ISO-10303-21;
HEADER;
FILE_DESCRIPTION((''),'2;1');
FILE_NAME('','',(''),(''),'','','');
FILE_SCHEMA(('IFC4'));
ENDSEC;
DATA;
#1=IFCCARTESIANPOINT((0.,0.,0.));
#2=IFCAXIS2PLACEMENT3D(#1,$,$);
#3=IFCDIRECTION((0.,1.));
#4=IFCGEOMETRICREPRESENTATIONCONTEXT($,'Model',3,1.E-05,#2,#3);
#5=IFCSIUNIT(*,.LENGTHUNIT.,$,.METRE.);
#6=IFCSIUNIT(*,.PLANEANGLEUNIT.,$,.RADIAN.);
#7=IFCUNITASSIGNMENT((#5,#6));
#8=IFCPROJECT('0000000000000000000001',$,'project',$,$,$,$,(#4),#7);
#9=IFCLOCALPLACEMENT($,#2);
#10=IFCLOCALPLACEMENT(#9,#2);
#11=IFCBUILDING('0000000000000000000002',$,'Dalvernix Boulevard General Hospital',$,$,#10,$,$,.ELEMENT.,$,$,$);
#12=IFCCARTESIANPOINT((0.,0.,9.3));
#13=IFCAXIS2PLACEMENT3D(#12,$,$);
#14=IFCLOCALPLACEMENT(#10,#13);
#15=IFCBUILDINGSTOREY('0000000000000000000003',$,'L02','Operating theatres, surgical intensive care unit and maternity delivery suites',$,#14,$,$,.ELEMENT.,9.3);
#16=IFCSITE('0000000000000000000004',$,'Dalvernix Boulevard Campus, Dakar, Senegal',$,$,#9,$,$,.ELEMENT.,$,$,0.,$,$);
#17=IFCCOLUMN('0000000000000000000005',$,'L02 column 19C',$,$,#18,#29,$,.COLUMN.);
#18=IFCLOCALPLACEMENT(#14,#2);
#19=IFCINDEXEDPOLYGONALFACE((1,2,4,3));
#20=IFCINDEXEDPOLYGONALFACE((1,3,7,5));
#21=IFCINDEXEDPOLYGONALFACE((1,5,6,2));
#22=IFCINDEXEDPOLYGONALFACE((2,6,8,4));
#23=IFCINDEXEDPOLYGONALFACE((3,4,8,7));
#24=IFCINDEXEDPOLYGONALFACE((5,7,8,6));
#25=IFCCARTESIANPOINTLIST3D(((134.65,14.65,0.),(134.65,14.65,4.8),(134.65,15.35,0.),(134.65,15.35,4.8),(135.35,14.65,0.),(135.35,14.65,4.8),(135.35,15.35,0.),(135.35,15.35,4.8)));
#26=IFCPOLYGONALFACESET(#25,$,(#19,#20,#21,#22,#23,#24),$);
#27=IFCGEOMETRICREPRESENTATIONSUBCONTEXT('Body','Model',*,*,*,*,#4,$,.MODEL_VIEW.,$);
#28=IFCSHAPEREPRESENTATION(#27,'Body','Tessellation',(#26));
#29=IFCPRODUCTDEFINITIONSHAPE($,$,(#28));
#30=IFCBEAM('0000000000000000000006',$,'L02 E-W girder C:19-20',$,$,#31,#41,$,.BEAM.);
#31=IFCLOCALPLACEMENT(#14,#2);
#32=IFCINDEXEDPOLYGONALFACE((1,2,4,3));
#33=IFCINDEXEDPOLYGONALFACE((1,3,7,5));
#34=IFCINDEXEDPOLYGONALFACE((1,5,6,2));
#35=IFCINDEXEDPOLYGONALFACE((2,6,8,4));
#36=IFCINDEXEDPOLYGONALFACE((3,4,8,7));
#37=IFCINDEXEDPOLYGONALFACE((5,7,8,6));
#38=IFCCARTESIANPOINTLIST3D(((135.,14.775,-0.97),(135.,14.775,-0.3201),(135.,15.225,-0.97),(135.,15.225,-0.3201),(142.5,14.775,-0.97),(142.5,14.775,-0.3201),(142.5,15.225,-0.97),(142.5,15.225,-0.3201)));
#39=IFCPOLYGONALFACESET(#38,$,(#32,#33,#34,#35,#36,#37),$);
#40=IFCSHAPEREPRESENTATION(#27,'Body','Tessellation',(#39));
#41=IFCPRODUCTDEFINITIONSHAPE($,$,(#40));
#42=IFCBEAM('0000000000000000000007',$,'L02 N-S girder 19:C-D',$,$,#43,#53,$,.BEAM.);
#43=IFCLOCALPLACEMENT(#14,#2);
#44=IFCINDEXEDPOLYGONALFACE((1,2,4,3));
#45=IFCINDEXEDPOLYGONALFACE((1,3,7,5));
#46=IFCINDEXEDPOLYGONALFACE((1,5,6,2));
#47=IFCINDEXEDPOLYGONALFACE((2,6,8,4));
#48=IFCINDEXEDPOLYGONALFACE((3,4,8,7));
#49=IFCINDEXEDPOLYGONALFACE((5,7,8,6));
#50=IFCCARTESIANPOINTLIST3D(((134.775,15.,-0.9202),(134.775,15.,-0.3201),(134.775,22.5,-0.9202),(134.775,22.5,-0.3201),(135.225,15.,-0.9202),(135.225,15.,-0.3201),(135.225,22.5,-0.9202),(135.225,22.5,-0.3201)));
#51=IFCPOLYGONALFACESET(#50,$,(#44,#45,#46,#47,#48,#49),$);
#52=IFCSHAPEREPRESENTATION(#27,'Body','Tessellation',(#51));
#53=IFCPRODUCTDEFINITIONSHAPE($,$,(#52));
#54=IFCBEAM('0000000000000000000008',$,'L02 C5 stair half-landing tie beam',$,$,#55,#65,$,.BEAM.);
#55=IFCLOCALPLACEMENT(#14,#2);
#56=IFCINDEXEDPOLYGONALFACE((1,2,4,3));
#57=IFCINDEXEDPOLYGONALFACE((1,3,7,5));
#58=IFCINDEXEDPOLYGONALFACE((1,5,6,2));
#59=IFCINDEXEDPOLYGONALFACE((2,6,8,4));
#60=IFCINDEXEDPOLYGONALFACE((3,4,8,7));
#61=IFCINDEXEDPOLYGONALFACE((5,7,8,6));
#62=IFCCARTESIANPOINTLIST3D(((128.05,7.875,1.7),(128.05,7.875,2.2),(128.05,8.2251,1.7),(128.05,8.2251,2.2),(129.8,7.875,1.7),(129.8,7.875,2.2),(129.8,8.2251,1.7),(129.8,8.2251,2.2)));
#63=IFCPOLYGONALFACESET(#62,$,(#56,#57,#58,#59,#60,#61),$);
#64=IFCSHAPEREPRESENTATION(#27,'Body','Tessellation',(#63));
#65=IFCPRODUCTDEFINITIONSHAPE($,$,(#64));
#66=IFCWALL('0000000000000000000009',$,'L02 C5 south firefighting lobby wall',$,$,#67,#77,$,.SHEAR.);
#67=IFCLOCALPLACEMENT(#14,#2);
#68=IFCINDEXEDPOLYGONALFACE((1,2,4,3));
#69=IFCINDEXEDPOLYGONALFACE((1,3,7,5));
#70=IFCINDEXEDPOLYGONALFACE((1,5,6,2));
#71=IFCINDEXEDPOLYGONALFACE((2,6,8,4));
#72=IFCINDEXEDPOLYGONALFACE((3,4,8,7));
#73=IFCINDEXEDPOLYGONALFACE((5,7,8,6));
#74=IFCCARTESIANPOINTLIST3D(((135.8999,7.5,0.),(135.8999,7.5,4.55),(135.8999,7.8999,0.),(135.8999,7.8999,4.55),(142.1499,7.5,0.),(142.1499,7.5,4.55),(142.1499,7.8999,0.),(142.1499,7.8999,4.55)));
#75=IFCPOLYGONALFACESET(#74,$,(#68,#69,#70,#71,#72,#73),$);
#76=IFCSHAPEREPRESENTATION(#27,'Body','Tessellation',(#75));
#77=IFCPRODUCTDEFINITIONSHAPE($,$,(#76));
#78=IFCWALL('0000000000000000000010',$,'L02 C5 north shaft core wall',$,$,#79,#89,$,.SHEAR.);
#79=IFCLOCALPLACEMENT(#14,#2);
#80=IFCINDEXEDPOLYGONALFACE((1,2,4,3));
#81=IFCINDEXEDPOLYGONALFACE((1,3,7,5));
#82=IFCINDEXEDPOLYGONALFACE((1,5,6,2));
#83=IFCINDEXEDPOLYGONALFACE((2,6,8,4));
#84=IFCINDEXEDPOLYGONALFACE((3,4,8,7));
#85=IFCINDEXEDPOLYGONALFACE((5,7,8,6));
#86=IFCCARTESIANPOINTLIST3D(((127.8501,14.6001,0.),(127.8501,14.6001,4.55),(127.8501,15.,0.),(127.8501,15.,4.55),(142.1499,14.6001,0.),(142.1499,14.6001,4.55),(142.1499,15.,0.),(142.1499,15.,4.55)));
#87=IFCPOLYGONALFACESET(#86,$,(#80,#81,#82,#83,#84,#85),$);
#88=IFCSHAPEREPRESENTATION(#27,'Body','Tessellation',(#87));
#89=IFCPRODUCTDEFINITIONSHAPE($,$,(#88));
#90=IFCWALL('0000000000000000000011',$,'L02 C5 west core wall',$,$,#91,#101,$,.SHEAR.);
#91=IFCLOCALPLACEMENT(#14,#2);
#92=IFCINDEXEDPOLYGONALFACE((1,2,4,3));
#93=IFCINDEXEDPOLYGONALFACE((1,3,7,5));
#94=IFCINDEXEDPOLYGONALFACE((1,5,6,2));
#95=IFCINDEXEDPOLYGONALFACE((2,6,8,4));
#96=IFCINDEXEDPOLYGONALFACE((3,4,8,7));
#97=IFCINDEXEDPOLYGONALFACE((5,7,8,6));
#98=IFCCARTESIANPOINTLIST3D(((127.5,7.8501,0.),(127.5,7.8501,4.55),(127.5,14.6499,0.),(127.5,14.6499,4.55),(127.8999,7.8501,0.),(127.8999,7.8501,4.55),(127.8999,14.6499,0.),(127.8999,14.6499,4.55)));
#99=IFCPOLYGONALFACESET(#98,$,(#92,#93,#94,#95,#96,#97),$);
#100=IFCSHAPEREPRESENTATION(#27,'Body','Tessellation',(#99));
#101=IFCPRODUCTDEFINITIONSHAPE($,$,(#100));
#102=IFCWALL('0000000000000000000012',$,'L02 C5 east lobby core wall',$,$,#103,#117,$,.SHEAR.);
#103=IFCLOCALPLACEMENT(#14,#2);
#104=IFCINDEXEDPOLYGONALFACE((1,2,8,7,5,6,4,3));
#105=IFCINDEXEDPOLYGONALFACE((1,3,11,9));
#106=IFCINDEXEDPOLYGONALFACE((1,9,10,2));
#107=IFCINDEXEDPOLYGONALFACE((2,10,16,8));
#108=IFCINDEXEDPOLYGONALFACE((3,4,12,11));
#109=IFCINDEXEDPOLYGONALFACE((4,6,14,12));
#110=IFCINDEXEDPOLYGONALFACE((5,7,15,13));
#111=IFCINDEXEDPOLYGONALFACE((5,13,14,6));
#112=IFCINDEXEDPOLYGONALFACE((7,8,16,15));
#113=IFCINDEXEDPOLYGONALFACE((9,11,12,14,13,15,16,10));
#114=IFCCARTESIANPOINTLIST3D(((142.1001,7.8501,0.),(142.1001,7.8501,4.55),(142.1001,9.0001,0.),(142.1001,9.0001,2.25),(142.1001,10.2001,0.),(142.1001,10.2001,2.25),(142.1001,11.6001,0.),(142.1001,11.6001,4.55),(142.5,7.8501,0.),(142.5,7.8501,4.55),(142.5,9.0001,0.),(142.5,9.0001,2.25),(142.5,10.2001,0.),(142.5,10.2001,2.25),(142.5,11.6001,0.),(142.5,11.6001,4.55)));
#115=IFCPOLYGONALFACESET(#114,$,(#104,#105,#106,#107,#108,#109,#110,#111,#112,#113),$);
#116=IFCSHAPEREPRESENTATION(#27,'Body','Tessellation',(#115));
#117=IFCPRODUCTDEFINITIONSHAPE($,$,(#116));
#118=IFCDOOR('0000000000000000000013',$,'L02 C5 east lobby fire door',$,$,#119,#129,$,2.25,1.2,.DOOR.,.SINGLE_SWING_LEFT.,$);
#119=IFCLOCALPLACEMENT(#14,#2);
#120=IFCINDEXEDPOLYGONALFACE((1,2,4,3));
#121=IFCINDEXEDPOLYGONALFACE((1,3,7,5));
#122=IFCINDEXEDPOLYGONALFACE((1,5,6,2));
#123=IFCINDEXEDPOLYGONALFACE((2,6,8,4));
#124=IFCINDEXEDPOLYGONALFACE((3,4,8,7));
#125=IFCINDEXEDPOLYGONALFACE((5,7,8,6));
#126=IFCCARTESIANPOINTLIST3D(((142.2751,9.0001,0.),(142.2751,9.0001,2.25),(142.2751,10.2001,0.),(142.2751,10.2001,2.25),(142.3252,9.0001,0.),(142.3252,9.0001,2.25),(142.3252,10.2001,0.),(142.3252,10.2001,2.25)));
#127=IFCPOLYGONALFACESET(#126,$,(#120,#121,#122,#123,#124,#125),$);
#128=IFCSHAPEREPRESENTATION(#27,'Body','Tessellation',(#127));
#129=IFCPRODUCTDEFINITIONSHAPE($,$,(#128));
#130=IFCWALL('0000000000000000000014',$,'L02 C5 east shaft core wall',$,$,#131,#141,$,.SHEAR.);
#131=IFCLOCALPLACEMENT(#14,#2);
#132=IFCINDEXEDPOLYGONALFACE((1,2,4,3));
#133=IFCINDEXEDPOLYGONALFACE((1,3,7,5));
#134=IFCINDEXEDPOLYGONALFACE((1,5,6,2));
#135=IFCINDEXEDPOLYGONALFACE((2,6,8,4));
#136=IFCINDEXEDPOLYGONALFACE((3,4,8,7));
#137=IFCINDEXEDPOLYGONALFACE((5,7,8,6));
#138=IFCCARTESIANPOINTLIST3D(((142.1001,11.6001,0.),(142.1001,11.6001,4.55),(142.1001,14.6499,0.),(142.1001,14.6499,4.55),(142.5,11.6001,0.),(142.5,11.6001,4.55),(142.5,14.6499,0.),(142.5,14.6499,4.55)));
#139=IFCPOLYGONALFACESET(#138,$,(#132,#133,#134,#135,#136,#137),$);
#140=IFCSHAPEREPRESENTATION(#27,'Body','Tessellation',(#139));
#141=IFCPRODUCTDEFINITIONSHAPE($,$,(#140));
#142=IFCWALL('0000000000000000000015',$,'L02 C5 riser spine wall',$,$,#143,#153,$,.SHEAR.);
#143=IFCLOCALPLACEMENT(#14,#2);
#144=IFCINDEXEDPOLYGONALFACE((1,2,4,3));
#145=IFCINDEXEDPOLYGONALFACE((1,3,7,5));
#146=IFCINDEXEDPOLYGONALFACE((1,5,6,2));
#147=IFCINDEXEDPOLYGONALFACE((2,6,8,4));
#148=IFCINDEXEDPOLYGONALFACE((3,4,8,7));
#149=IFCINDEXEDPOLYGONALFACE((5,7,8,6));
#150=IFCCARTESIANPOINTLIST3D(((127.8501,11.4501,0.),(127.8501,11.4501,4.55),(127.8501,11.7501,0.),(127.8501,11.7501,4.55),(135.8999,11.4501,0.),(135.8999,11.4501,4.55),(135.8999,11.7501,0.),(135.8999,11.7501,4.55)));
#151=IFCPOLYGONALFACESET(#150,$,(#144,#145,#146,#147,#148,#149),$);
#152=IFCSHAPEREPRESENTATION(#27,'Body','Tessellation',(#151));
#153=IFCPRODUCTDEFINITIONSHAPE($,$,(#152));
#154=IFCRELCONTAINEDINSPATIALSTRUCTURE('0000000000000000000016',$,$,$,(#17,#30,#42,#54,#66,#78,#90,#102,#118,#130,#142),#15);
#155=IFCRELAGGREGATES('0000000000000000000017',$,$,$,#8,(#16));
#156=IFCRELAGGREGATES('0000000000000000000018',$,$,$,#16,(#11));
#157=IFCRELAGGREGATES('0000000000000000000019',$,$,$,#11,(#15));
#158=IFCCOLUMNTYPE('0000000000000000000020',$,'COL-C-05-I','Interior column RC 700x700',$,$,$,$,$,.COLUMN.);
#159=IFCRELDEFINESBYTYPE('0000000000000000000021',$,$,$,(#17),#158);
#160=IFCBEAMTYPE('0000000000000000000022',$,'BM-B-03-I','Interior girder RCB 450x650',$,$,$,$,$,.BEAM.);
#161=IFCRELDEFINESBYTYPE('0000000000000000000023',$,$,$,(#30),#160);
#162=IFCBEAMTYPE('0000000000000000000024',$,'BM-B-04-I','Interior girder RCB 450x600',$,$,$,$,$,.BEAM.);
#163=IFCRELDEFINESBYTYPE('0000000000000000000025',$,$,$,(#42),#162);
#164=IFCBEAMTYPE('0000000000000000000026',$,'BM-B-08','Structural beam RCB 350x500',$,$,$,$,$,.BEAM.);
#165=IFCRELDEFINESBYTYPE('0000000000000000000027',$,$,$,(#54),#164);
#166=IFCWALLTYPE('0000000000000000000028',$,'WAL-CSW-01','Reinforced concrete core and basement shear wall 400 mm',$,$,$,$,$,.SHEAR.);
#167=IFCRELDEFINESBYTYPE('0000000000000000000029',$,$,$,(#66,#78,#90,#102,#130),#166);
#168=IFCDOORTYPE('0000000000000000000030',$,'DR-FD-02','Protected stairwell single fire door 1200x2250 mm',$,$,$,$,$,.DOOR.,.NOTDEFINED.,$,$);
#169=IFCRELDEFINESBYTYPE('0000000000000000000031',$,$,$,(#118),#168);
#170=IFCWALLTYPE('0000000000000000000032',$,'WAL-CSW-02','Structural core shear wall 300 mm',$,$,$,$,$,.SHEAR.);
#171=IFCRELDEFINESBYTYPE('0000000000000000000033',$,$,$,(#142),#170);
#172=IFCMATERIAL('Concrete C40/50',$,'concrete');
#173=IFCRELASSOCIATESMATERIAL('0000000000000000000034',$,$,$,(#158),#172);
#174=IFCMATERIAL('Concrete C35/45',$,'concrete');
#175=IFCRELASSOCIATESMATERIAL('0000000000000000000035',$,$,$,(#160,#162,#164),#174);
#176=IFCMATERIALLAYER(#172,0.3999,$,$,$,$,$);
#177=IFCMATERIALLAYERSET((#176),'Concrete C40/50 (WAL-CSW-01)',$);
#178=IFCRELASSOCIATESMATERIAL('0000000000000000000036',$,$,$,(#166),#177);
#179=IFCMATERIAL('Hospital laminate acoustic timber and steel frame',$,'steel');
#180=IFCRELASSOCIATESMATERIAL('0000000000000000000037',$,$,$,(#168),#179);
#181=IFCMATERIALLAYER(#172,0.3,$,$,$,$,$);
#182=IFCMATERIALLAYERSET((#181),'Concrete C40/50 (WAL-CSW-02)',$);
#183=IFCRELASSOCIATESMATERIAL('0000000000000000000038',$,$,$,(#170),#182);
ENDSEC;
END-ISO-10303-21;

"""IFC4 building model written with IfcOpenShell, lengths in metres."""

from ifc_helpers import new_model, si_unit, direction, frame, frame_2d, origin, origin_2d, place, context, subcontext, project, spatial, rectangle, extrude, material, layer, layer_set, material_profile, profile_set, type_object, element, fill, save


model = new_model("IFC4")

# Units and contexts
model_context = context("Model", 3, precision=1e-05, world=origin(), true_north=direction((0.0, 1.0)))
body_context = subcontext(model_context, "Body", "Model", "MODEL_VIEW")
ifc_project = project(units=[si_unit("LENGTHUNIT", "METRE"), si_unit("PLANEANGLEUNIT", "RADIAN")], contexts=[model_context])

# Site, building, storey
site_placement = place(None, origin())
site = spatial("IfcSite", under=ifc_project, at=site_placement, Name="Dalvernix Boulevard Campus, Dakar, Senegal", CompositionType="ELEMENT", RefElevation=0.0)
building_placement = place(site_placement, origin())
building = spatial("IfcBuilding", under=site, at=building_placement, Name="Dalvernix Boulevard General Hospital", CompositionType="ELEMENT")
storey_placement = place(building_placement, frame((0.0, 0.0, 9.3)))
storey = spatial("IfcBuildingStorey", under=building, at=storey_placement, Name="L02", Description="Operating theatres, surgical intensive care unit and maternity delivery suites", CompositionType="ELEMENT", Elevation=9.3)

# Column
ifc_material_1 = material(Name="Concrete C40/50", Category="concrete")
ifc_material_profile_1 = material_profile(ifc_material_1, rectangle(XDim=0.7, YDim=0.7, at=origin_2d()), Name="RC 700x700")
ifc_profile_set_1 = profile_set([ifc_material_profile_1], Name="Concrete C40/50")
column_type = type_object("IfcColumnType", Name="COL-C-05-I", Description="Interior column RC 700x700", PredefinedType="COLUMN", material=ifc_profile_set_1)
column_placement = place(storey_placement, frame((135.0, 15.0, 0.0), z_axis=(0.0, 0.0, 1.0), x_axis=(1.0, 0.0, 0.0)))
element("IfcColumn", 1, at=column_placement, inside=storey, type_object=column_type, Name="L02 column 19C", PredefinedType="COLUMN", context=body_context, shape_type="SweptSolid", body=[
    extrude(rectangle(XDim=0.7, YDim=0.7, at=origin_2d()), origin(), (0.0, 0.0, 1.0), 4.8),
])

# Beams
ifc_material_2 = material(Name="Concrete C35/45", Category="concrete")
ifc_material_profile_2 = material_profile(ifc_material_2, rectangle(XDim=0.45, YDim=0.6499, at=origin_2d()), Name="RCB 450x650")
ifc_profile_set_2 = profile_set([ifc_material_profile_2], Name="Concrete C35/45")
beam_type_1 = type_object("IfcBeamType", Name="BM-B-03-I", Description="Interior girder RCB 450x650", PredefinedType="BEAM", material=ifc_profile_set_2)
beam_1_placement = place(storey_placement, frame((135.0, 15.0, -0.645), z_axis=(1.0, 0.0, 0.0), x_axis=(0.0, 1.0, 0.0)))
element("IfcBeam", 2, at=beam_1_placement, inside=storey, type_object=beam_type_1, Name="L02 E-W girder C:19-20", PredefinedType="BEAM", context=body_context, shape_type="SweptSolid", body=[
    extrude(rectangle(XDim=0.45, YDim=0.6499, at=origin_2d()), origin(), (0.0, 0.0, 1.0), 7.5),
])
ifc_material_profile_3 = material_profile(ifc_material_2, rectangle(XDim=0.45, YDim=0.6001, at=origin_2d()), Name="RCB 450x600")
ifc_profile_set_3 = profile_set([ifc_material_profile_3], Name="Concrete C35/45")
beam_type_2 = type_object("IfcBeamType", Name="BM-B-04-I", Description="Interior girder RCB 450x600", PredefinedType="BEAM", material=ifc_profile_set_3)
beam_2_placement = place(storey_placement, frame((135.0, 15.0, -0.6201), z_axis=(0.0, 1.0, 0.0), x_axis=(-1.0, 0.0, 0.0)))
element("IfcBeam", 3, at=beam_2_placement, inside=storey, type_object=beam_type_2, Name="L02 N-S girder 19:C-D", PredefinedType="BEAM", context=body_context, shape_type="SweptSolid", body=[
    extrude(rectangle(XDim=0.45, YDim=0.6001, at=origin_2d()), origin(), (0.0, 0.0, 1.0), 7.5),
])
ifc_material_profile_4 = material_profile(ifc_material_2, rectangle(XDim=0.3501, YDim=0.5, at=origin_2d()), Name="RCB 350x500")
ifc_profile_set_4 = profile_set([ifc_material_profile_4], Name="Concrete C35/45")
beam_type_3 = type_object("IfcBeamType", Name="BM-B-08", Description="Structural beam RCB 350x500", PredefinedType="BEAM", material=ifc_profile_set_4)
beam_3_placement = place(storey_placement, frame((128.05, 8.05, 1.95), z_axis=(1.0, 0.0, 0.0), x_axis=(0.0, 1.0, 0.0)))
element("IfcBeam", 4, at=beam_3_placement, inside=storey, type_object=beam_type_3, Name="L02 C5 stair half-landing tie beam", PredefinedType="BEAM", context=body_context, shape_type="SweptSolid", body=[
    extrude(rectangle(XDim=0.3501, YDim=0.5, at=origin_2d()), origin(), (0.0, 0.0, 1.0), 1.75),
])

# Walls
ifc_layer_1 = layer(ifc_material_1, 0.3999)
ifc_layer_set_1 = layer_set([ifc_layer_1], Name="Concrete C40/50 (WAL-CSW-01)")
wall_type_1 = type_object("IfcWallType", Name="WAL-CSW-01", Description="Reinforced concrete core and basement shear wall 400 mm", PredefinedType="SHEAR", material=ifc_layer_set_1)
wall_1_placement = place(storey_placement, frame((135.8999, 7.7, 0.0), z_axis=(0.0, 0.0, 1.0), x_axis=(1.0, 0.0, 0.0)))
element("IfcWall", 5, at=wall_1_placement, inside=storey, type_object=wall_type_1, Name="L02 C5 south firefighting lobby wall", PredefinedType="SHEAR", context=body_context, shape_type="SweptSolid", body=[
    extrude(rectangle(XDim=6.25, YDim=0.3999, at=frame_2d((3.125, 0.0))), origin(), (0.0, 0.0, 1.0), 4.55),
])
wall_2_placement = place(storey_placement, frame((127.8501, 14.8, 0.0), z_axis=(0.0, 0.0, 1.0), x_axis=(1.0, 0.0, 0.0)))
element("IfcWall", 6, at=wall_2_placement, inside=storey, type_object=wall_type_1, Name="L02 C5 north shaft core wall", PredefinedType="SHEAR", context=body_context, shape_type="SweptSolid", body=[
    extrude(rectangle(XDim=14.2998, YDim=0.3999, at=frame_2d((7.1499, 0.0))), origin(), (0.0, 0.0, 1.0), 4.55),
])
wall_3_placement = place(storey_placement, frame((127.7, 7.8501, 0.0), z_axis=(0.0, 0.0, 1.0), x_axis=(0.0, 1.0, 0.0)))
element("IfcWall", 7, at=wall_3_placement, inside=storey, type_object=wall_type_1, Name="L02 C5 west core wall", PredefinedType="SHEAR", context=body_context, shape_type="SweptSolid", body=[
    extrude(rectangle(XDim=6.7998, YDim=0.3999, at=frame_2d((3.3999, 0.0))), origin(), (0.0, 0.0, 1.0), 4.55),
])

# Wall, opening, door
wall_4_placement = place(storey_placement, frame((142.3, 7.8501, 0.0), z_axis=(0.0, 0.0, 1.0), x_axis=(0.0, 1.0, 0.0)))
wall_4 = element("IfcWall", 8, at=wall_4_placement, inside=storey, type_object=wall_type_1, Name="L02 C5 east lobby core wall", PredefinedType="SHEAR", context=body_context, shape_type="SweptSolid", body=[
    extrude(rectangle(XDim=3.75, YDim=0.3999, at=frame_2d((1.875, 0.0))), origin(), (0.0, 0.0, 1.0), 4.55),
])
opening_1_placement = place(wall_4_placement, frame((1.1499, 0.0, 0.0)))
opening_1 = element("IfcOpeningElement", 9, at=opening_1_placement, cuts=wall_4, PredefinedType="OPENING", context=body_context, shape_type="SweptSolid", body=[
    extrude(rectangle(XDim=1.2, YDim=2.25, at=frame_2d((0.6001, 1.125))), frame((0.0, 0.21, 0.0), z_axis=(0.0, -1.0, 0.0), x_axis=(1.0, 0.0, 0.0)), (0.0, 0.0, 1.0), 0.4199),
])
ifc_material_3 = material(Name="Hospital laminate acoustic timber and steel frame", Category="steel")
door_type_1 = type_object("IfcDoorType", Name="DR-FD-02", Description="Protected stairwell single fire door 1200x2250 mm", OperationType="NOTDEFINED", PredefinedType="DOOR", material=ifc_material_3)
door_1_placement = place(opening_1_placement, origin())
door_1 = element("IfcDoor", 10, at=door_1_placement, inside=storey, type_object=door_type_1, Name="L02 C5 east lobby fire door", OperationType="SINGLE_SWING_LEFT", OverallHeight=2.25, OverallWidth=1.2, PredefinedType="DOOR", context=body_context, shape_type="SweptSolid", body=[
    extrude(rectangle(XDim=1.2, YDim=2.25, at=frame_2d((0.6001, 1.125))), frame((0.0, 0.0249, 0.0), z_axis=(0.0, -1.0, 0.0), x_axis=(1.0, 0.0, 0.0)), (0.0, 0.0, 1.0), 0.05),
])
fill(opening_1, door_1)

# Walls
wall_5_placement = place(storey_placement, frame((142.3, 11.6001, 0.0), z_axis=(0.0, 0.0, 1.0), x_axis=(0.0, 1.0, 0.0)))
element("IfcWall", 11, at=wall_5_placement, inside=storey, type_object=wall_type_1, Name="L02 C5 east shaft core wall", PredefinedType="SHEAR", context=body_context, shape_type="SweptSolid", body=[
    extrude(rectangle(XDim=3.0498, YDim=0.3999, at=frame_2d((1.5249, 0.0))), origin(), (0.0, 0.0, 1.0), 4.55),
])
ifc_layer_2 = layer(ifc_material_1, 0.3)
ifc_layer_set_2 = layer_set([ifc_layer_2], Name="Concrete C40/50 (WAL-CSW-02)")
wall_type_2 = type_object("IfcWallType", Name="WAL-CSW-02", Description="Structural core shear wall 300 mm", PredefinedType="SHEAR", material=ifc_layer_set_2)
wall_6_placement = place(storey_placement, frame((127.8501, 11.6001, 0.0), z_axis=(0.0, 0.0, 1.0), x_axis=(1.0, 0.0, 0.0)))
element("IfcWall", 12, at=wall_6_placement, inside=storey, type_object=wall_type_2, Name="L02 C5 riser spine wall", PredefinedType="SHEAR", context=body_context, shape_type="SweptSolid", body=[
    extrude(rectangle(XDim=8.0498, YDim=0.3, at=frame_2d((4.0249, 0.0))), origin(), (0.0, 0.0, 1.0), 4.55),
])

save(model, "model.ifc")
